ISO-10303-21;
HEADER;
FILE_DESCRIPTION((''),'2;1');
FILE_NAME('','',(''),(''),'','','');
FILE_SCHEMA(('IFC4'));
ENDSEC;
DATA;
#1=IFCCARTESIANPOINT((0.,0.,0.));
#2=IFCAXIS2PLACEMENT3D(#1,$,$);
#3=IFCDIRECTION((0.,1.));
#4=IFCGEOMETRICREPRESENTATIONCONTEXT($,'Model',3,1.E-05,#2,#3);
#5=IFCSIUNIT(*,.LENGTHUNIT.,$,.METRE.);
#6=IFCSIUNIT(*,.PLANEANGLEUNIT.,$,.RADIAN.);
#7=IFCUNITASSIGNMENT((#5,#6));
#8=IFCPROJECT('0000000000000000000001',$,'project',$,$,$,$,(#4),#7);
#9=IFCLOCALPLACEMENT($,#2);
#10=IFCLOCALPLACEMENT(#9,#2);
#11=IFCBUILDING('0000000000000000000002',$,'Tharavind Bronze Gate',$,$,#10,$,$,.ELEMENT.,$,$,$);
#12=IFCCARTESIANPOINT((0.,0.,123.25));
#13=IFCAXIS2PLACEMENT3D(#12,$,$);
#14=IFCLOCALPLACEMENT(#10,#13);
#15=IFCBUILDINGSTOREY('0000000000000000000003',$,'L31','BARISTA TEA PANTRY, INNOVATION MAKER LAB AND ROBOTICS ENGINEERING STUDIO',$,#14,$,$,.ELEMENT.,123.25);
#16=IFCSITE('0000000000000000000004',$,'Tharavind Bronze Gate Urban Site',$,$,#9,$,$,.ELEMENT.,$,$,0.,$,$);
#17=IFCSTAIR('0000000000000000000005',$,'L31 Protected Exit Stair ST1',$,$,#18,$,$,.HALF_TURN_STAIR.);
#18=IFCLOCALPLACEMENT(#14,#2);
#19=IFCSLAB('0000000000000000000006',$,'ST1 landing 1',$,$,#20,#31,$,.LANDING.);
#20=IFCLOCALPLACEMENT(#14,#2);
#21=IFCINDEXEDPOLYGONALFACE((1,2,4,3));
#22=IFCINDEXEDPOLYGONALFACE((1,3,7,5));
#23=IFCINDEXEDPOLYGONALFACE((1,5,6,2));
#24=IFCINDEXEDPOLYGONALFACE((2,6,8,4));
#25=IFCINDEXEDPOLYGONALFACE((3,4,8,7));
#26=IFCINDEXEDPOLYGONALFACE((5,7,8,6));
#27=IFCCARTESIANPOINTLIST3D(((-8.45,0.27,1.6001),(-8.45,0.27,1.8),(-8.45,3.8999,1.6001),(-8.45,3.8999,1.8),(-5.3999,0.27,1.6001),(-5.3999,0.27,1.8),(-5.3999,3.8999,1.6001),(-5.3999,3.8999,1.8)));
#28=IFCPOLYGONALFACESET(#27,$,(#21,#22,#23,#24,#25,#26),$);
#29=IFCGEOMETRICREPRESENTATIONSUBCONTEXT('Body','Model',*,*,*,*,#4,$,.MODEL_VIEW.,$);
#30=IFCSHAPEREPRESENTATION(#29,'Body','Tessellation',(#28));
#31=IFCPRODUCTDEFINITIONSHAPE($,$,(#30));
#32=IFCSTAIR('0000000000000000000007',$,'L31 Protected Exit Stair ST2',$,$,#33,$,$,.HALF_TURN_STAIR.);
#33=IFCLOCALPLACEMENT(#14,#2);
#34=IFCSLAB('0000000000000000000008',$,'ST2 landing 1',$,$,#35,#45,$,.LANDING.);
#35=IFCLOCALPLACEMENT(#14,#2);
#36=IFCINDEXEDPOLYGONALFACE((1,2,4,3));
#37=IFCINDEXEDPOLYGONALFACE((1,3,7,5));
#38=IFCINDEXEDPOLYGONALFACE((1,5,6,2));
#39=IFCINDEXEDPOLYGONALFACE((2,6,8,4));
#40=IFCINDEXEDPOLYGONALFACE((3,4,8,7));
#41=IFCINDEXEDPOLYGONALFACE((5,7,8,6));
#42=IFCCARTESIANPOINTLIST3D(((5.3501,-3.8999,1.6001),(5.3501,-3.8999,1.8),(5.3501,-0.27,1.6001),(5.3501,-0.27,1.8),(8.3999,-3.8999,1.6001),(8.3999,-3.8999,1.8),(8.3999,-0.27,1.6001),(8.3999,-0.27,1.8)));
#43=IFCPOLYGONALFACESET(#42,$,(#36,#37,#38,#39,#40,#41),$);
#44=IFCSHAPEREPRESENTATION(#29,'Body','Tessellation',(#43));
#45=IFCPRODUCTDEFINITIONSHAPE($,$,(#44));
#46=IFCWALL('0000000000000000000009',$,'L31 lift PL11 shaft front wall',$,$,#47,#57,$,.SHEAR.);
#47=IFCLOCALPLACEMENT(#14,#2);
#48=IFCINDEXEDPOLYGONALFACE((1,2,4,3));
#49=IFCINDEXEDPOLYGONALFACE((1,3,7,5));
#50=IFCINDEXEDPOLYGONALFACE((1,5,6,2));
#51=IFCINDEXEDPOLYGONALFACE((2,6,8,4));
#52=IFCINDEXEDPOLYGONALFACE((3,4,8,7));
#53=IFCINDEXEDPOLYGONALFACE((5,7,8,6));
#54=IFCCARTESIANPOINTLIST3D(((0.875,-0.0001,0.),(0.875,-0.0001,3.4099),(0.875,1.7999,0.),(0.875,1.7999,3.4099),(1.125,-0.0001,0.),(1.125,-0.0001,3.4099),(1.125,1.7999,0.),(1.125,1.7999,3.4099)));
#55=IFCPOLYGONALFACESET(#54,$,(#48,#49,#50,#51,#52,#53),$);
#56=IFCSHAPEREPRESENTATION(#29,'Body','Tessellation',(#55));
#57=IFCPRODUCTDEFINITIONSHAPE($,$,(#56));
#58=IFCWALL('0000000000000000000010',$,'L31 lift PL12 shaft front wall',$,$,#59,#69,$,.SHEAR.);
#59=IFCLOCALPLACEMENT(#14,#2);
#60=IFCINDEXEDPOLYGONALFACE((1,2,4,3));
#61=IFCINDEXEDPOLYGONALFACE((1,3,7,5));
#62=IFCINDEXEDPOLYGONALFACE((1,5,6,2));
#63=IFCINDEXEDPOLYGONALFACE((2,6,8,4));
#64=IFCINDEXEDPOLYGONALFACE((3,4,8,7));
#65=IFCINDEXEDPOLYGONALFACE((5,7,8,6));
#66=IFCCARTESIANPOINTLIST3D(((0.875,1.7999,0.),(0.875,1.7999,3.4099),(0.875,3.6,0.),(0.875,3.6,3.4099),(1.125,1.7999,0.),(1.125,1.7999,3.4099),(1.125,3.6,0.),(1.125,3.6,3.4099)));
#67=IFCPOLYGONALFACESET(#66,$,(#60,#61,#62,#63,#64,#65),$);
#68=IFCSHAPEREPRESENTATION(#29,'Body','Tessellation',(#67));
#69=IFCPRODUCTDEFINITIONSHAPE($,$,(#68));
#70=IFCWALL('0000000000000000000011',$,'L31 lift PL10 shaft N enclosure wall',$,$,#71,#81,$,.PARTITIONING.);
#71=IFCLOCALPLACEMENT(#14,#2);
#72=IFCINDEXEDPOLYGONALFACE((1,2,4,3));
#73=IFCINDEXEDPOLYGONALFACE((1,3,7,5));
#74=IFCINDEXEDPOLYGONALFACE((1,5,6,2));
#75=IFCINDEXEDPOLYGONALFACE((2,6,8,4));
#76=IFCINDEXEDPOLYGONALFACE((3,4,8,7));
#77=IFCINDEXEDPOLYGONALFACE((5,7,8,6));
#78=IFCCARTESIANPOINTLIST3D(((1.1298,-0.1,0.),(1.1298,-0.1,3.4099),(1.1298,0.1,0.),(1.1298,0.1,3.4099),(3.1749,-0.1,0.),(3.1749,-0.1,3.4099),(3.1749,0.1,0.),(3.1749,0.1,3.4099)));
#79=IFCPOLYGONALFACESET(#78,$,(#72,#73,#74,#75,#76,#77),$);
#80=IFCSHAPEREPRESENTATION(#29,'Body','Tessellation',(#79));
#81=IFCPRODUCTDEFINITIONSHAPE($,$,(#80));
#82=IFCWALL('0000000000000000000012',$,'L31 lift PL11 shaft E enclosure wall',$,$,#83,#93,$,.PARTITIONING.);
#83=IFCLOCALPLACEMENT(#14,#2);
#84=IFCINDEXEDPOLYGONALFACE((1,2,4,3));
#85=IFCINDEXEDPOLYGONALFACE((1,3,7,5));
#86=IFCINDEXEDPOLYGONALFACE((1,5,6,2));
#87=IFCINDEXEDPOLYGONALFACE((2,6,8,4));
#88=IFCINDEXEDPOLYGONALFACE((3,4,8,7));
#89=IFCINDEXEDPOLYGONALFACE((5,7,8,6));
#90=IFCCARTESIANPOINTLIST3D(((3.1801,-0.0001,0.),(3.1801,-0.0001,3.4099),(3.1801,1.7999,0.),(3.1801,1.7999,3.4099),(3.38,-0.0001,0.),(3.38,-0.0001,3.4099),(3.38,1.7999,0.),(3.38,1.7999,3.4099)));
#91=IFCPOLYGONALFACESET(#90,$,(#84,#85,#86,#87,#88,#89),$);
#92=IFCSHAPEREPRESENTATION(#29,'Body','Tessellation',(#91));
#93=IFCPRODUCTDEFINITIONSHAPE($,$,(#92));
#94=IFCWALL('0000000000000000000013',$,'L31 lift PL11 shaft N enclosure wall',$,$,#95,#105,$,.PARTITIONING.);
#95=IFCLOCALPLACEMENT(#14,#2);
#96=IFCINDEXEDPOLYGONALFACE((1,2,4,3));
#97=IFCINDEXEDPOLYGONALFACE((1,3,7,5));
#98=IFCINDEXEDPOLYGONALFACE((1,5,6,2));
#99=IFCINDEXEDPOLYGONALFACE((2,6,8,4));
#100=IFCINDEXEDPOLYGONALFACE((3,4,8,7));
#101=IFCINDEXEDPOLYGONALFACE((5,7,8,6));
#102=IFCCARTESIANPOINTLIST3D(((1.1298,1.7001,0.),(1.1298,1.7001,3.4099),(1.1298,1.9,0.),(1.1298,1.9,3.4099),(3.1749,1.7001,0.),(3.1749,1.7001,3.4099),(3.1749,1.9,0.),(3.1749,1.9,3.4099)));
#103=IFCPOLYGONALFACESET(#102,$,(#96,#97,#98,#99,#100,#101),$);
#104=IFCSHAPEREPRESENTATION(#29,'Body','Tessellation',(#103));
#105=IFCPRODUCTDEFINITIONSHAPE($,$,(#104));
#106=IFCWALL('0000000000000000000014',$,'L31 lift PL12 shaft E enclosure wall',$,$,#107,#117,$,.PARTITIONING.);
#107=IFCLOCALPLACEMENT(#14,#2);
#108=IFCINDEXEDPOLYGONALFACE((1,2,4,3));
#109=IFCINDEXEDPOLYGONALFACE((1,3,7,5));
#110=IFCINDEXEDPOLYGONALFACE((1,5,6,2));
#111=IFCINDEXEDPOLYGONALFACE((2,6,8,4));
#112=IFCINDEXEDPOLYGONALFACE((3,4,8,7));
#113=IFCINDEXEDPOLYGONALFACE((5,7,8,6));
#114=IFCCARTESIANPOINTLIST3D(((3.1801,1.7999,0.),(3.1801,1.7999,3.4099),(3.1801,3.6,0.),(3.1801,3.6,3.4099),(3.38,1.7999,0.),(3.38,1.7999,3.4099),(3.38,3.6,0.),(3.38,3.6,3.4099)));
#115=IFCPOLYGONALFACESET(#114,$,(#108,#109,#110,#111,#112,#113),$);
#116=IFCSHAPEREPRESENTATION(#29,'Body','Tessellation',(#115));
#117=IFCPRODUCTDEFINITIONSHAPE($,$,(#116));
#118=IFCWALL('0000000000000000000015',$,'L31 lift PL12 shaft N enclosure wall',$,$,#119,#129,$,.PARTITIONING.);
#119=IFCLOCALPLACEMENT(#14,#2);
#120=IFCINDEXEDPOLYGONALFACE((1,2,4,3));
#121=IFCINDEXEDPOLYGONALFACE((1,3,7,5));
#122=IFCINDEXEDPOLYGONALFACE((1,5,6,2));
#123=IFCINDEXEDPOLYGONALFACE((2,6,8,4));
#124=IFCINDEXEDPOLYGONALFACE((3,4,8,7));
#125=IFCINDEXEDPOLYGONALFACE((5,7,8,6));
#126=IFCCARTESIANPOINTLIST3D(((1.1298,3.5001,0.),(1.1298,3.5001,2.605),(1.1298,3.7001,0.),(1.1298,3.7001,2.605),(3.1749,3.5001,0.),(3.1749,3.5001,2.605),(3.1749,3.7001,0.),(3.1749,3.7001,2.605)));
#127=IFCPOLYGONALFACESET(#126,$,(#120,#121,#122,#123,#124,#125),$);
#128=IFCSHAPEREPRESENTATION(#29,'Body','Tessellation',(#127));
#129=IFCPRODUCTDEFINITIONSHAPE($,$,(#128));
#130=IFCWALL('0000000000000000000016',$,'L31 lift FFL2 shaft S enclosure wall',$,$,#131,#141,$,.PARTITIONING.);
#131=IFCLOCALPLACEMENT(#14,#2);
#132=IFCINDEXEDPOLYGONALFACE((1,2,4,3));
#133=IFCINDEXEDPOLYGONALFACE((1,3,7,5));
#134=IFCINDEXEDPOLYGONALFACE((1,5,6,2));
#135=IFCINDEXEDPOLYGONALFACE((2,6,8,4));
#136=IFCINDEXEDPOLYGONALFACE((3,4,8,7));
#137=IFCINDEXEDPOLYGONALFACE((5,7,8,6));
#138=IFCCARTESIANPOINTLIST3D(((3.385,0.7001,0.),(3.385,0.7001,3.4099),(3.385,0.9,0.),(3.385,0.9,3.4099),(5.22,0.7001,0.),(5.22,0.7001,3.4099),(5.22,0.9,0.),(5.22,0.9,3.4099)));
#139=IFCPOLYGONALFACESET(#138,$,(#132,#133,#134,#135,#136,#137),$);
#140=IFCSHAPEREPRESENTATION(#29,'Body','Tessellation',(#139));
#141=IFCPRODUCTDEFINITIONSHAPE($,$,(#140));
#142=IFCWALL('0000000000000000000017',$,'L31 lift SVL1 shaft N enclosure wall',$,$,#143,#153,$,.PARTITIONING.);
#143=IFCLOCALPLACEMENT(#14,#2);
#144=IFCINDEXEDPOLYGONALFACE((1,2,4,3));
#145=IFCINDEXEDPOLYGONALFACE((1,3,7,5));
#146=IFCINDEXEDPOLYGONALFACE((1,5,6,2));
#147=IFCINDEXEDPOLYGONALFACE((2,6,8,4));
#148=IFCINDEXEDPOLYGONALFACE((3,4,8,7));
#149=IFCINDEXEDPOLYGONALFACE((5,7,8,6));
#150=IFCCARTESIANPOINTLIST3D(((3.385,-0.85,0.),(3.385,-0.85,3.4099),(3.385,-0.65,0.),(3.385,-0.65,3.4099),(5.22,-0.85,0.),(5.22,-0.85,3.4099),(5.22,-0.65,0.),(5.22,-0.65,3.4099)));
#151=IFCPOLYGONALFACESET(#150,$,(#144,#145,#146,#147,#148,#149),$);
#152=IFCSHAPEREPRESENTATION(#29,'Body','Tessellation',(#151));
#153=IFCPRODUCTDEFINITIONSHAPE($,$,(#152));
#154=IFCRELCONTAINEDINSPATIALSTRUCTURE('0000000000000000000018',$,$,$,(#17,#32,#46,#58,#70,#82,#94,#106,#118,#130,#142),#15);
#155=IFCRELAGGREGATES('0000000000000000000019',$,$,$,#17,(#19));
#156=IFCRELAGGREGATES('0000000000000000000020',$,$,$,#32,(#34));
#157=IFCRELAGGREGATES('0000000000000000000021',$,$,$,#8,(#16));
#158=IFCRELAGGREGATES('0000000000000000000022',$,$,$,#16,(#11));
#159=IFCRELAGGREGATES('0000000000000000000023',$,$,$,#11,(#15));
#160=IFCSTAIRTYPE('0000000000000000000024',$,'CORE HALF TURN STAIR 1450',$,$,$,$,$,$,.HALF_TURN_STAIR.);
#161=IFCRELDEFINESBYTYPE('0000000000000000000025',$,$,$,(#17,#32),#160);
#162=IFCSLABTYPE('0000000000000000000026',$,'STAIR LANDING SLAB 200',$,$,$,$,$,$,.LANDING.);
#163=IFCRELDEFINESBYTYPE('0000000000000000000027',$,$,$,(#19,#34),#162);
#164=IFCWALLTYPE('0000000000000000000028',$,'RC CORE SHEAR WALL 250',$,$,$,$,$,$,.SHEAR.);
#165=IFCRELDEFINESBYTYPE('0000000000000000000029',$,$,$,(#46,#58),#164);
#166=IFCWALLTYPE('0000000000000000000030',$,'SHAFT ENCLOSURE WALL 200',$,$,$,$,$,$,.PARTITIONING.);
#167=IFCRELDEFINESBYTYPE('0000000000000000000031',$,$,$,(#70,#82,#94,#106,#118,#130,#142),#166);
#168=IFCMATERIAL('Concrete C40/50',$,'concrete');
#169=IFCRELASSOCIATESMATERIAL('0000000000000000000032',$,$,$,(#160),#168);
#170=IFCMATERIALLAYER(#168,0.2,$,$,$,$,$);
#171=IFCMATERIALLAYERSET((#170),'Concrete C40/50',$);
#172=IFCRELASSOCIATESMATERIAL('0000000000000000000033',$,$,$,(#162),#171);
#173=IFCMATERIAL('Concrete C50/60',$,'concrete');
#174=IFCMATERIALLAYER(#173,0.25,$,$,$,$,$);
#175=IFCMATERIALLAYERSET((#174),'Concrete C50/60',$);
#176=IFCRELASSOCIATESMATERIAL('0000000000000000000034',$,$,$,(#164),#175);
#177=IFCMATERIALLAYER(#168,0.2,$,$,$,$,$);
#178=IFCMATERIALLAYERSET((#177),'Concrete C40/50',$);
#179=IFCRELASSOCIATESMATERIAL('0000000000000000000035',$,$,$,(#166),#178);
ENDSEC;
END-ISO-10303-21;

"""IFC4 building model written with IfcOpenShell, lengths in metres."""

from ifc_helpers import new_model, si_unit, direction, frame, frame_2d, origin, place, context, subcontext, project, spatial, polyline, rectangle, outline, extrude, material, layer, layer_set, type_object, element, aggregate, save


model = new_model("IFC4")

# Units and contexts
model_context = context("Model", 3, precision=1e-05, world=origin(), true_north=direction((0.0, 1.0)))
body_context = subcontext(model_context, "Body", "Model", "MODEL_VIEW")
ifc_project = project(units=[si_unit("LENGTHUNIT", "METRE"), si_unit("PLANEANGLEUNIT", "RADIAN")], contexts=[model_context])

# Site, building, storey
site_placement = place(None, origin())
site = spatial("IfcSite", under=ifc_project, at=site_placement, Name="Tharavind Bronze Gate Urban Site", CompositionType="ELEMENT", RefElevation=0.0)
building_placement = place(site_placement, origin())
building = spatial("IfcBuilding", under=site, at=building_placement, Name="Tharavind Bronze Gate", CompositionType="ELEMENT")
storey_placement = place(building_placement, frame((0.0, 0.0, 123.25)))
storey = spatial("IfcBuildingStorey", under=building, at=storey_placement, Name="L31", Description="BARISTA TEA PANTRY, INNOVATION MAKER LAB AND ROBOTICS ENGINEERING STUDIO", CompositionType="ELEMENT", Elevation=123.25)

# Stairs, slabs
ifc_material_1 = material(Name="Concrete C40/50", Category="concrete")
stair_type = type_object("IfcStairType", Name="CORE HALF TURN STAIR 1450", PredefinedType="HALF_TURN_STAIR", material=ifc_material_1)
stair_1_placement = place(storey_placement, origin())
stair_1 = element("IfcStair", 1, at=stair_1_placement, inside=storey, type_object=stair_type, Name="L31 Protected Exit Stair ST1", PredefinedType="HALF_TURN_STAIR")
ifc_layer_1 = layer(ifc_material_1, 0.2)
ifc_layer_set_1 = layer_set([ifc_layer_1], Name="Concrete C40/50")
slab_type = type_object("IfcSlabType", Name="STAIR LANDING SLAB 200", PredefinedType="LANDING", material=ifc_layer_set_1)
slab_1_placement = place(storey_placement, frame((0.0, 0.0, 1.6001)))
slab_1 = element("IfcSlab", 2, at=slab_1_placement, type_object=slab_type, Name="ST1 landing 1", PredefinedType="LANDING", context=body_context, shape_type="SweptSolid", body=[
    extrude(outline(polyline([(-5.3999, 0.27), (-5.3999, 3.8999), (-8.45, 3.8999), (-8.45, 0.27), (-5.3999, 0.27)])), origin(), (0.0, 0.0, 1.0), 0.2),
])
aggregate(stair_1, [slab_1])
stair_2_placement = place(storey_placement, origin())
stair_2 = element("IfcStair", 3, at=stair_2_placement, inside=storey, type_object=stair_type, Name="L31 Protected Exit Stair ST2", PredefinedType="HALF_TURN_STAIR")
slab_2_placement = place(storey_placement, frame((0.0, 0.0, 1.6001)))
slab_2 = element("IfcSlab", 4, at=slab_2_placement, type_object=slab_type, Name="ST2 landing 1", PredefinedType="LANDING", context=body_context, shape_type="SweptSolid", body=[
    extrude(outline(polyline([(5.3501, -0.27), (5.3501, -3.8999), (8.3999, -3.8999), (8.3999, -0.27), (5.3501, -0.27)])), origin(), (0.0, 0.0, 1.0), 0.2),
])
aggregate(stair_2, [slab_2])

# Walls
ifc_material_2 = material(Name="Concrete C50/60", Category="concrete")
ifc_layer_2 = layer(ifc_material_2, 0.25)
ifc_layer_set_2 = layer_set([ifc_layer_2], Name="Concrete C50/60")
wall_type_1 = type_object("IfcWallType", Name="RC CORE SHEAR WALL 250", PredefinedType="SHEAR", material=ifc_layer_set_2)
for number, where, z_axis, x_axis, name in (
    (5, (1.0, 0.0, 0.0), (0.0, 0.0, 1.0), (0.0, 1.0, 0.0), "L31 lift PL11 shaft front wall"),
    (6, (1.0, 1.8, 0.0), (0.0, 0.0, 1.0), (0.0, 1.0, 0.0), "L31 lift PL12 shaft front wall"),
):
    element("IfcWall", number, at=place(storey_placement, frame(where, z_axis=z_axis, x_axis=x_axis)), inside=storey, type_object=wall_type_1, Name=name, PredefinedType="SHEAR", context=body_context, shape_type="SweptSolid", body=[
        extrude(rectangle(XDim=1.8, YDim=0.25, at=frame_2d((0.8999, 0.0))), origin(), (0.0, 0.0, 1.0), 3.4099),
    ])
ifc_layer_3 = layer(ifc_material_1, 0.2)
ifc_layer_set_3 = layer_set([ifc_layer_3], Name="Concrete C40/50")
wall_type_2 = type_object("IfcWallType", Name="SHAFT ENCLOSURE WALL 200", PredefinedType="PARTITIONING", material=ifc_layer_set_3)
wall_1_placement = place(storey_placement, frame((1.1299, 0.0, 0.0), z_axis=(0.0, 0.0, 1.0), x_axis=(1.0, 0.0, 0.0)))
element("IfcWall", 7, at=wall_1_placement, inside=storey, type_object=wall_type_2, Name="L31 lift PL10 shaft N enclosure wall", PredefinedType="PARTITIONING", context=body_context, shape_type="SweptSolid", body=[
    extrude(rectangle(XDim=2.0452, YDim=0.2, at=frame_2d((1.0225, 0.0))), origin(), (0.0, 0.0, 1.0), 3.4099),
])
wall_2_placement = place(storey_placement, frame((3.28, 0.0, 0.0), z_axis=(0.0, 0.0, 1.0), x_axis=(0.0, 1.0, 0.0)))
element("IfcWall", 8, at=wall_2_placement, inside=storey, type_object=wall_type_2, Name="L31 lift PL11 shaft E enclosure wall", PredefinedType="PARTITIONING", context=body_context, shape_type="SweptSolid", body=[
    extrude(rectangle(XDim=1.8, YDim=0.2, at=frame_2d((0.8999, 0.0))), origin(), (0.0, 0.0, 1.0), 3.4099),
])
wall_3_placement = place(storey_placement, frame((1.1299, 1.8, 0.0), z_axis=(0.0, 0.0, 1.0), x_axis=(1.0, 0.0, 0.0)))
element("IfcWall", 9, at=wall_3_placement, inside=storey, type_object=wall_type_2, Name="L31 lift PL11 shaft N enclosure wall", PredefinedType="PARTITIONING", context=body_context, shape_type="SweptSolid", body=[
    extrude(rectangle(XDim=2.0452, YDim=0.2, at=frame_2d((1.0225, 0.0))), origin(), (0.0, 0.0, 1.0), 3.4099),
])
wall_4_placement = place(storey_placement, frame((3.28, 1.8, 0.0), z_axis=(0.0, 0.0, 1.0), x_axis=(0.0, 1.0, 0.0)))
element("IfcWall", 10, at=wall_4_placement, inside=storey, type_object=wall_type_2, Name="L31 lift PL12 shaft E enclosure wall", PredefinedType="PARTITIONING", context=body_context, shape_type="SweptSolid", body=[
    extrude(rectangle(XDim=1.8, YDim=0.2, at=frame_2d((0.8999, 0.0))), origin(), (0.0, 0.0, 1.0), 3.4099),
])
wall_5_placement = place(storey_placement, frame((1.1299, 3.6001, 0.0), z_axis=(0.0, 0.0, 1.0), x_axis=(1.0, 0.0, 0.0)))
element("IfcWall", 11, at=wall_5_placement, inside=storey, type_object=wall_type_2, Name="L31 lift PL12 shaft N enclosure wall", PredefinedType="PARTITIONING", context=body_context, shape_type="SweptSolid", body=[
    extrude(rectangle(XDim=2.0452, YDim=0.2, at=frame_2d((1.0225, 0.0))), origin(), (0.0, 0.0, 1.0), 2.605),
])
for number, where, z_axis, x_axis, name in (
    (12, (3.385, 0.8, 0.0), (0.0, 0.0, 1.0), (1.0, 0.0, 0.0), "L31 lift FFL2 shaft S enclosure wall"),
    (13, (3.385, -0.75, 0.0), (0.0, 0.0, 1.0), (1.0, 0.0, 0.0), "L31 lift SVL1 shaft N enclosure wall"),
):
    element("IfcWall", number, at=place(storey_placement, frame(where, z_axis=z_axis, x_axis=x_axis)), inside=storey, type_object=wall_type_2, Name=name, PredefinedType="PARTITIONING", context=body_context, shape_type="SweptSolid", body=[
        extrude(rectangle(XDim=1.835, YDim=0.2, at=frame_2d((0.9175, 0.0))), origin(), (0.0, 0.0, 1.0), 3.4099),
    ])

save(model, "model.ifc")
